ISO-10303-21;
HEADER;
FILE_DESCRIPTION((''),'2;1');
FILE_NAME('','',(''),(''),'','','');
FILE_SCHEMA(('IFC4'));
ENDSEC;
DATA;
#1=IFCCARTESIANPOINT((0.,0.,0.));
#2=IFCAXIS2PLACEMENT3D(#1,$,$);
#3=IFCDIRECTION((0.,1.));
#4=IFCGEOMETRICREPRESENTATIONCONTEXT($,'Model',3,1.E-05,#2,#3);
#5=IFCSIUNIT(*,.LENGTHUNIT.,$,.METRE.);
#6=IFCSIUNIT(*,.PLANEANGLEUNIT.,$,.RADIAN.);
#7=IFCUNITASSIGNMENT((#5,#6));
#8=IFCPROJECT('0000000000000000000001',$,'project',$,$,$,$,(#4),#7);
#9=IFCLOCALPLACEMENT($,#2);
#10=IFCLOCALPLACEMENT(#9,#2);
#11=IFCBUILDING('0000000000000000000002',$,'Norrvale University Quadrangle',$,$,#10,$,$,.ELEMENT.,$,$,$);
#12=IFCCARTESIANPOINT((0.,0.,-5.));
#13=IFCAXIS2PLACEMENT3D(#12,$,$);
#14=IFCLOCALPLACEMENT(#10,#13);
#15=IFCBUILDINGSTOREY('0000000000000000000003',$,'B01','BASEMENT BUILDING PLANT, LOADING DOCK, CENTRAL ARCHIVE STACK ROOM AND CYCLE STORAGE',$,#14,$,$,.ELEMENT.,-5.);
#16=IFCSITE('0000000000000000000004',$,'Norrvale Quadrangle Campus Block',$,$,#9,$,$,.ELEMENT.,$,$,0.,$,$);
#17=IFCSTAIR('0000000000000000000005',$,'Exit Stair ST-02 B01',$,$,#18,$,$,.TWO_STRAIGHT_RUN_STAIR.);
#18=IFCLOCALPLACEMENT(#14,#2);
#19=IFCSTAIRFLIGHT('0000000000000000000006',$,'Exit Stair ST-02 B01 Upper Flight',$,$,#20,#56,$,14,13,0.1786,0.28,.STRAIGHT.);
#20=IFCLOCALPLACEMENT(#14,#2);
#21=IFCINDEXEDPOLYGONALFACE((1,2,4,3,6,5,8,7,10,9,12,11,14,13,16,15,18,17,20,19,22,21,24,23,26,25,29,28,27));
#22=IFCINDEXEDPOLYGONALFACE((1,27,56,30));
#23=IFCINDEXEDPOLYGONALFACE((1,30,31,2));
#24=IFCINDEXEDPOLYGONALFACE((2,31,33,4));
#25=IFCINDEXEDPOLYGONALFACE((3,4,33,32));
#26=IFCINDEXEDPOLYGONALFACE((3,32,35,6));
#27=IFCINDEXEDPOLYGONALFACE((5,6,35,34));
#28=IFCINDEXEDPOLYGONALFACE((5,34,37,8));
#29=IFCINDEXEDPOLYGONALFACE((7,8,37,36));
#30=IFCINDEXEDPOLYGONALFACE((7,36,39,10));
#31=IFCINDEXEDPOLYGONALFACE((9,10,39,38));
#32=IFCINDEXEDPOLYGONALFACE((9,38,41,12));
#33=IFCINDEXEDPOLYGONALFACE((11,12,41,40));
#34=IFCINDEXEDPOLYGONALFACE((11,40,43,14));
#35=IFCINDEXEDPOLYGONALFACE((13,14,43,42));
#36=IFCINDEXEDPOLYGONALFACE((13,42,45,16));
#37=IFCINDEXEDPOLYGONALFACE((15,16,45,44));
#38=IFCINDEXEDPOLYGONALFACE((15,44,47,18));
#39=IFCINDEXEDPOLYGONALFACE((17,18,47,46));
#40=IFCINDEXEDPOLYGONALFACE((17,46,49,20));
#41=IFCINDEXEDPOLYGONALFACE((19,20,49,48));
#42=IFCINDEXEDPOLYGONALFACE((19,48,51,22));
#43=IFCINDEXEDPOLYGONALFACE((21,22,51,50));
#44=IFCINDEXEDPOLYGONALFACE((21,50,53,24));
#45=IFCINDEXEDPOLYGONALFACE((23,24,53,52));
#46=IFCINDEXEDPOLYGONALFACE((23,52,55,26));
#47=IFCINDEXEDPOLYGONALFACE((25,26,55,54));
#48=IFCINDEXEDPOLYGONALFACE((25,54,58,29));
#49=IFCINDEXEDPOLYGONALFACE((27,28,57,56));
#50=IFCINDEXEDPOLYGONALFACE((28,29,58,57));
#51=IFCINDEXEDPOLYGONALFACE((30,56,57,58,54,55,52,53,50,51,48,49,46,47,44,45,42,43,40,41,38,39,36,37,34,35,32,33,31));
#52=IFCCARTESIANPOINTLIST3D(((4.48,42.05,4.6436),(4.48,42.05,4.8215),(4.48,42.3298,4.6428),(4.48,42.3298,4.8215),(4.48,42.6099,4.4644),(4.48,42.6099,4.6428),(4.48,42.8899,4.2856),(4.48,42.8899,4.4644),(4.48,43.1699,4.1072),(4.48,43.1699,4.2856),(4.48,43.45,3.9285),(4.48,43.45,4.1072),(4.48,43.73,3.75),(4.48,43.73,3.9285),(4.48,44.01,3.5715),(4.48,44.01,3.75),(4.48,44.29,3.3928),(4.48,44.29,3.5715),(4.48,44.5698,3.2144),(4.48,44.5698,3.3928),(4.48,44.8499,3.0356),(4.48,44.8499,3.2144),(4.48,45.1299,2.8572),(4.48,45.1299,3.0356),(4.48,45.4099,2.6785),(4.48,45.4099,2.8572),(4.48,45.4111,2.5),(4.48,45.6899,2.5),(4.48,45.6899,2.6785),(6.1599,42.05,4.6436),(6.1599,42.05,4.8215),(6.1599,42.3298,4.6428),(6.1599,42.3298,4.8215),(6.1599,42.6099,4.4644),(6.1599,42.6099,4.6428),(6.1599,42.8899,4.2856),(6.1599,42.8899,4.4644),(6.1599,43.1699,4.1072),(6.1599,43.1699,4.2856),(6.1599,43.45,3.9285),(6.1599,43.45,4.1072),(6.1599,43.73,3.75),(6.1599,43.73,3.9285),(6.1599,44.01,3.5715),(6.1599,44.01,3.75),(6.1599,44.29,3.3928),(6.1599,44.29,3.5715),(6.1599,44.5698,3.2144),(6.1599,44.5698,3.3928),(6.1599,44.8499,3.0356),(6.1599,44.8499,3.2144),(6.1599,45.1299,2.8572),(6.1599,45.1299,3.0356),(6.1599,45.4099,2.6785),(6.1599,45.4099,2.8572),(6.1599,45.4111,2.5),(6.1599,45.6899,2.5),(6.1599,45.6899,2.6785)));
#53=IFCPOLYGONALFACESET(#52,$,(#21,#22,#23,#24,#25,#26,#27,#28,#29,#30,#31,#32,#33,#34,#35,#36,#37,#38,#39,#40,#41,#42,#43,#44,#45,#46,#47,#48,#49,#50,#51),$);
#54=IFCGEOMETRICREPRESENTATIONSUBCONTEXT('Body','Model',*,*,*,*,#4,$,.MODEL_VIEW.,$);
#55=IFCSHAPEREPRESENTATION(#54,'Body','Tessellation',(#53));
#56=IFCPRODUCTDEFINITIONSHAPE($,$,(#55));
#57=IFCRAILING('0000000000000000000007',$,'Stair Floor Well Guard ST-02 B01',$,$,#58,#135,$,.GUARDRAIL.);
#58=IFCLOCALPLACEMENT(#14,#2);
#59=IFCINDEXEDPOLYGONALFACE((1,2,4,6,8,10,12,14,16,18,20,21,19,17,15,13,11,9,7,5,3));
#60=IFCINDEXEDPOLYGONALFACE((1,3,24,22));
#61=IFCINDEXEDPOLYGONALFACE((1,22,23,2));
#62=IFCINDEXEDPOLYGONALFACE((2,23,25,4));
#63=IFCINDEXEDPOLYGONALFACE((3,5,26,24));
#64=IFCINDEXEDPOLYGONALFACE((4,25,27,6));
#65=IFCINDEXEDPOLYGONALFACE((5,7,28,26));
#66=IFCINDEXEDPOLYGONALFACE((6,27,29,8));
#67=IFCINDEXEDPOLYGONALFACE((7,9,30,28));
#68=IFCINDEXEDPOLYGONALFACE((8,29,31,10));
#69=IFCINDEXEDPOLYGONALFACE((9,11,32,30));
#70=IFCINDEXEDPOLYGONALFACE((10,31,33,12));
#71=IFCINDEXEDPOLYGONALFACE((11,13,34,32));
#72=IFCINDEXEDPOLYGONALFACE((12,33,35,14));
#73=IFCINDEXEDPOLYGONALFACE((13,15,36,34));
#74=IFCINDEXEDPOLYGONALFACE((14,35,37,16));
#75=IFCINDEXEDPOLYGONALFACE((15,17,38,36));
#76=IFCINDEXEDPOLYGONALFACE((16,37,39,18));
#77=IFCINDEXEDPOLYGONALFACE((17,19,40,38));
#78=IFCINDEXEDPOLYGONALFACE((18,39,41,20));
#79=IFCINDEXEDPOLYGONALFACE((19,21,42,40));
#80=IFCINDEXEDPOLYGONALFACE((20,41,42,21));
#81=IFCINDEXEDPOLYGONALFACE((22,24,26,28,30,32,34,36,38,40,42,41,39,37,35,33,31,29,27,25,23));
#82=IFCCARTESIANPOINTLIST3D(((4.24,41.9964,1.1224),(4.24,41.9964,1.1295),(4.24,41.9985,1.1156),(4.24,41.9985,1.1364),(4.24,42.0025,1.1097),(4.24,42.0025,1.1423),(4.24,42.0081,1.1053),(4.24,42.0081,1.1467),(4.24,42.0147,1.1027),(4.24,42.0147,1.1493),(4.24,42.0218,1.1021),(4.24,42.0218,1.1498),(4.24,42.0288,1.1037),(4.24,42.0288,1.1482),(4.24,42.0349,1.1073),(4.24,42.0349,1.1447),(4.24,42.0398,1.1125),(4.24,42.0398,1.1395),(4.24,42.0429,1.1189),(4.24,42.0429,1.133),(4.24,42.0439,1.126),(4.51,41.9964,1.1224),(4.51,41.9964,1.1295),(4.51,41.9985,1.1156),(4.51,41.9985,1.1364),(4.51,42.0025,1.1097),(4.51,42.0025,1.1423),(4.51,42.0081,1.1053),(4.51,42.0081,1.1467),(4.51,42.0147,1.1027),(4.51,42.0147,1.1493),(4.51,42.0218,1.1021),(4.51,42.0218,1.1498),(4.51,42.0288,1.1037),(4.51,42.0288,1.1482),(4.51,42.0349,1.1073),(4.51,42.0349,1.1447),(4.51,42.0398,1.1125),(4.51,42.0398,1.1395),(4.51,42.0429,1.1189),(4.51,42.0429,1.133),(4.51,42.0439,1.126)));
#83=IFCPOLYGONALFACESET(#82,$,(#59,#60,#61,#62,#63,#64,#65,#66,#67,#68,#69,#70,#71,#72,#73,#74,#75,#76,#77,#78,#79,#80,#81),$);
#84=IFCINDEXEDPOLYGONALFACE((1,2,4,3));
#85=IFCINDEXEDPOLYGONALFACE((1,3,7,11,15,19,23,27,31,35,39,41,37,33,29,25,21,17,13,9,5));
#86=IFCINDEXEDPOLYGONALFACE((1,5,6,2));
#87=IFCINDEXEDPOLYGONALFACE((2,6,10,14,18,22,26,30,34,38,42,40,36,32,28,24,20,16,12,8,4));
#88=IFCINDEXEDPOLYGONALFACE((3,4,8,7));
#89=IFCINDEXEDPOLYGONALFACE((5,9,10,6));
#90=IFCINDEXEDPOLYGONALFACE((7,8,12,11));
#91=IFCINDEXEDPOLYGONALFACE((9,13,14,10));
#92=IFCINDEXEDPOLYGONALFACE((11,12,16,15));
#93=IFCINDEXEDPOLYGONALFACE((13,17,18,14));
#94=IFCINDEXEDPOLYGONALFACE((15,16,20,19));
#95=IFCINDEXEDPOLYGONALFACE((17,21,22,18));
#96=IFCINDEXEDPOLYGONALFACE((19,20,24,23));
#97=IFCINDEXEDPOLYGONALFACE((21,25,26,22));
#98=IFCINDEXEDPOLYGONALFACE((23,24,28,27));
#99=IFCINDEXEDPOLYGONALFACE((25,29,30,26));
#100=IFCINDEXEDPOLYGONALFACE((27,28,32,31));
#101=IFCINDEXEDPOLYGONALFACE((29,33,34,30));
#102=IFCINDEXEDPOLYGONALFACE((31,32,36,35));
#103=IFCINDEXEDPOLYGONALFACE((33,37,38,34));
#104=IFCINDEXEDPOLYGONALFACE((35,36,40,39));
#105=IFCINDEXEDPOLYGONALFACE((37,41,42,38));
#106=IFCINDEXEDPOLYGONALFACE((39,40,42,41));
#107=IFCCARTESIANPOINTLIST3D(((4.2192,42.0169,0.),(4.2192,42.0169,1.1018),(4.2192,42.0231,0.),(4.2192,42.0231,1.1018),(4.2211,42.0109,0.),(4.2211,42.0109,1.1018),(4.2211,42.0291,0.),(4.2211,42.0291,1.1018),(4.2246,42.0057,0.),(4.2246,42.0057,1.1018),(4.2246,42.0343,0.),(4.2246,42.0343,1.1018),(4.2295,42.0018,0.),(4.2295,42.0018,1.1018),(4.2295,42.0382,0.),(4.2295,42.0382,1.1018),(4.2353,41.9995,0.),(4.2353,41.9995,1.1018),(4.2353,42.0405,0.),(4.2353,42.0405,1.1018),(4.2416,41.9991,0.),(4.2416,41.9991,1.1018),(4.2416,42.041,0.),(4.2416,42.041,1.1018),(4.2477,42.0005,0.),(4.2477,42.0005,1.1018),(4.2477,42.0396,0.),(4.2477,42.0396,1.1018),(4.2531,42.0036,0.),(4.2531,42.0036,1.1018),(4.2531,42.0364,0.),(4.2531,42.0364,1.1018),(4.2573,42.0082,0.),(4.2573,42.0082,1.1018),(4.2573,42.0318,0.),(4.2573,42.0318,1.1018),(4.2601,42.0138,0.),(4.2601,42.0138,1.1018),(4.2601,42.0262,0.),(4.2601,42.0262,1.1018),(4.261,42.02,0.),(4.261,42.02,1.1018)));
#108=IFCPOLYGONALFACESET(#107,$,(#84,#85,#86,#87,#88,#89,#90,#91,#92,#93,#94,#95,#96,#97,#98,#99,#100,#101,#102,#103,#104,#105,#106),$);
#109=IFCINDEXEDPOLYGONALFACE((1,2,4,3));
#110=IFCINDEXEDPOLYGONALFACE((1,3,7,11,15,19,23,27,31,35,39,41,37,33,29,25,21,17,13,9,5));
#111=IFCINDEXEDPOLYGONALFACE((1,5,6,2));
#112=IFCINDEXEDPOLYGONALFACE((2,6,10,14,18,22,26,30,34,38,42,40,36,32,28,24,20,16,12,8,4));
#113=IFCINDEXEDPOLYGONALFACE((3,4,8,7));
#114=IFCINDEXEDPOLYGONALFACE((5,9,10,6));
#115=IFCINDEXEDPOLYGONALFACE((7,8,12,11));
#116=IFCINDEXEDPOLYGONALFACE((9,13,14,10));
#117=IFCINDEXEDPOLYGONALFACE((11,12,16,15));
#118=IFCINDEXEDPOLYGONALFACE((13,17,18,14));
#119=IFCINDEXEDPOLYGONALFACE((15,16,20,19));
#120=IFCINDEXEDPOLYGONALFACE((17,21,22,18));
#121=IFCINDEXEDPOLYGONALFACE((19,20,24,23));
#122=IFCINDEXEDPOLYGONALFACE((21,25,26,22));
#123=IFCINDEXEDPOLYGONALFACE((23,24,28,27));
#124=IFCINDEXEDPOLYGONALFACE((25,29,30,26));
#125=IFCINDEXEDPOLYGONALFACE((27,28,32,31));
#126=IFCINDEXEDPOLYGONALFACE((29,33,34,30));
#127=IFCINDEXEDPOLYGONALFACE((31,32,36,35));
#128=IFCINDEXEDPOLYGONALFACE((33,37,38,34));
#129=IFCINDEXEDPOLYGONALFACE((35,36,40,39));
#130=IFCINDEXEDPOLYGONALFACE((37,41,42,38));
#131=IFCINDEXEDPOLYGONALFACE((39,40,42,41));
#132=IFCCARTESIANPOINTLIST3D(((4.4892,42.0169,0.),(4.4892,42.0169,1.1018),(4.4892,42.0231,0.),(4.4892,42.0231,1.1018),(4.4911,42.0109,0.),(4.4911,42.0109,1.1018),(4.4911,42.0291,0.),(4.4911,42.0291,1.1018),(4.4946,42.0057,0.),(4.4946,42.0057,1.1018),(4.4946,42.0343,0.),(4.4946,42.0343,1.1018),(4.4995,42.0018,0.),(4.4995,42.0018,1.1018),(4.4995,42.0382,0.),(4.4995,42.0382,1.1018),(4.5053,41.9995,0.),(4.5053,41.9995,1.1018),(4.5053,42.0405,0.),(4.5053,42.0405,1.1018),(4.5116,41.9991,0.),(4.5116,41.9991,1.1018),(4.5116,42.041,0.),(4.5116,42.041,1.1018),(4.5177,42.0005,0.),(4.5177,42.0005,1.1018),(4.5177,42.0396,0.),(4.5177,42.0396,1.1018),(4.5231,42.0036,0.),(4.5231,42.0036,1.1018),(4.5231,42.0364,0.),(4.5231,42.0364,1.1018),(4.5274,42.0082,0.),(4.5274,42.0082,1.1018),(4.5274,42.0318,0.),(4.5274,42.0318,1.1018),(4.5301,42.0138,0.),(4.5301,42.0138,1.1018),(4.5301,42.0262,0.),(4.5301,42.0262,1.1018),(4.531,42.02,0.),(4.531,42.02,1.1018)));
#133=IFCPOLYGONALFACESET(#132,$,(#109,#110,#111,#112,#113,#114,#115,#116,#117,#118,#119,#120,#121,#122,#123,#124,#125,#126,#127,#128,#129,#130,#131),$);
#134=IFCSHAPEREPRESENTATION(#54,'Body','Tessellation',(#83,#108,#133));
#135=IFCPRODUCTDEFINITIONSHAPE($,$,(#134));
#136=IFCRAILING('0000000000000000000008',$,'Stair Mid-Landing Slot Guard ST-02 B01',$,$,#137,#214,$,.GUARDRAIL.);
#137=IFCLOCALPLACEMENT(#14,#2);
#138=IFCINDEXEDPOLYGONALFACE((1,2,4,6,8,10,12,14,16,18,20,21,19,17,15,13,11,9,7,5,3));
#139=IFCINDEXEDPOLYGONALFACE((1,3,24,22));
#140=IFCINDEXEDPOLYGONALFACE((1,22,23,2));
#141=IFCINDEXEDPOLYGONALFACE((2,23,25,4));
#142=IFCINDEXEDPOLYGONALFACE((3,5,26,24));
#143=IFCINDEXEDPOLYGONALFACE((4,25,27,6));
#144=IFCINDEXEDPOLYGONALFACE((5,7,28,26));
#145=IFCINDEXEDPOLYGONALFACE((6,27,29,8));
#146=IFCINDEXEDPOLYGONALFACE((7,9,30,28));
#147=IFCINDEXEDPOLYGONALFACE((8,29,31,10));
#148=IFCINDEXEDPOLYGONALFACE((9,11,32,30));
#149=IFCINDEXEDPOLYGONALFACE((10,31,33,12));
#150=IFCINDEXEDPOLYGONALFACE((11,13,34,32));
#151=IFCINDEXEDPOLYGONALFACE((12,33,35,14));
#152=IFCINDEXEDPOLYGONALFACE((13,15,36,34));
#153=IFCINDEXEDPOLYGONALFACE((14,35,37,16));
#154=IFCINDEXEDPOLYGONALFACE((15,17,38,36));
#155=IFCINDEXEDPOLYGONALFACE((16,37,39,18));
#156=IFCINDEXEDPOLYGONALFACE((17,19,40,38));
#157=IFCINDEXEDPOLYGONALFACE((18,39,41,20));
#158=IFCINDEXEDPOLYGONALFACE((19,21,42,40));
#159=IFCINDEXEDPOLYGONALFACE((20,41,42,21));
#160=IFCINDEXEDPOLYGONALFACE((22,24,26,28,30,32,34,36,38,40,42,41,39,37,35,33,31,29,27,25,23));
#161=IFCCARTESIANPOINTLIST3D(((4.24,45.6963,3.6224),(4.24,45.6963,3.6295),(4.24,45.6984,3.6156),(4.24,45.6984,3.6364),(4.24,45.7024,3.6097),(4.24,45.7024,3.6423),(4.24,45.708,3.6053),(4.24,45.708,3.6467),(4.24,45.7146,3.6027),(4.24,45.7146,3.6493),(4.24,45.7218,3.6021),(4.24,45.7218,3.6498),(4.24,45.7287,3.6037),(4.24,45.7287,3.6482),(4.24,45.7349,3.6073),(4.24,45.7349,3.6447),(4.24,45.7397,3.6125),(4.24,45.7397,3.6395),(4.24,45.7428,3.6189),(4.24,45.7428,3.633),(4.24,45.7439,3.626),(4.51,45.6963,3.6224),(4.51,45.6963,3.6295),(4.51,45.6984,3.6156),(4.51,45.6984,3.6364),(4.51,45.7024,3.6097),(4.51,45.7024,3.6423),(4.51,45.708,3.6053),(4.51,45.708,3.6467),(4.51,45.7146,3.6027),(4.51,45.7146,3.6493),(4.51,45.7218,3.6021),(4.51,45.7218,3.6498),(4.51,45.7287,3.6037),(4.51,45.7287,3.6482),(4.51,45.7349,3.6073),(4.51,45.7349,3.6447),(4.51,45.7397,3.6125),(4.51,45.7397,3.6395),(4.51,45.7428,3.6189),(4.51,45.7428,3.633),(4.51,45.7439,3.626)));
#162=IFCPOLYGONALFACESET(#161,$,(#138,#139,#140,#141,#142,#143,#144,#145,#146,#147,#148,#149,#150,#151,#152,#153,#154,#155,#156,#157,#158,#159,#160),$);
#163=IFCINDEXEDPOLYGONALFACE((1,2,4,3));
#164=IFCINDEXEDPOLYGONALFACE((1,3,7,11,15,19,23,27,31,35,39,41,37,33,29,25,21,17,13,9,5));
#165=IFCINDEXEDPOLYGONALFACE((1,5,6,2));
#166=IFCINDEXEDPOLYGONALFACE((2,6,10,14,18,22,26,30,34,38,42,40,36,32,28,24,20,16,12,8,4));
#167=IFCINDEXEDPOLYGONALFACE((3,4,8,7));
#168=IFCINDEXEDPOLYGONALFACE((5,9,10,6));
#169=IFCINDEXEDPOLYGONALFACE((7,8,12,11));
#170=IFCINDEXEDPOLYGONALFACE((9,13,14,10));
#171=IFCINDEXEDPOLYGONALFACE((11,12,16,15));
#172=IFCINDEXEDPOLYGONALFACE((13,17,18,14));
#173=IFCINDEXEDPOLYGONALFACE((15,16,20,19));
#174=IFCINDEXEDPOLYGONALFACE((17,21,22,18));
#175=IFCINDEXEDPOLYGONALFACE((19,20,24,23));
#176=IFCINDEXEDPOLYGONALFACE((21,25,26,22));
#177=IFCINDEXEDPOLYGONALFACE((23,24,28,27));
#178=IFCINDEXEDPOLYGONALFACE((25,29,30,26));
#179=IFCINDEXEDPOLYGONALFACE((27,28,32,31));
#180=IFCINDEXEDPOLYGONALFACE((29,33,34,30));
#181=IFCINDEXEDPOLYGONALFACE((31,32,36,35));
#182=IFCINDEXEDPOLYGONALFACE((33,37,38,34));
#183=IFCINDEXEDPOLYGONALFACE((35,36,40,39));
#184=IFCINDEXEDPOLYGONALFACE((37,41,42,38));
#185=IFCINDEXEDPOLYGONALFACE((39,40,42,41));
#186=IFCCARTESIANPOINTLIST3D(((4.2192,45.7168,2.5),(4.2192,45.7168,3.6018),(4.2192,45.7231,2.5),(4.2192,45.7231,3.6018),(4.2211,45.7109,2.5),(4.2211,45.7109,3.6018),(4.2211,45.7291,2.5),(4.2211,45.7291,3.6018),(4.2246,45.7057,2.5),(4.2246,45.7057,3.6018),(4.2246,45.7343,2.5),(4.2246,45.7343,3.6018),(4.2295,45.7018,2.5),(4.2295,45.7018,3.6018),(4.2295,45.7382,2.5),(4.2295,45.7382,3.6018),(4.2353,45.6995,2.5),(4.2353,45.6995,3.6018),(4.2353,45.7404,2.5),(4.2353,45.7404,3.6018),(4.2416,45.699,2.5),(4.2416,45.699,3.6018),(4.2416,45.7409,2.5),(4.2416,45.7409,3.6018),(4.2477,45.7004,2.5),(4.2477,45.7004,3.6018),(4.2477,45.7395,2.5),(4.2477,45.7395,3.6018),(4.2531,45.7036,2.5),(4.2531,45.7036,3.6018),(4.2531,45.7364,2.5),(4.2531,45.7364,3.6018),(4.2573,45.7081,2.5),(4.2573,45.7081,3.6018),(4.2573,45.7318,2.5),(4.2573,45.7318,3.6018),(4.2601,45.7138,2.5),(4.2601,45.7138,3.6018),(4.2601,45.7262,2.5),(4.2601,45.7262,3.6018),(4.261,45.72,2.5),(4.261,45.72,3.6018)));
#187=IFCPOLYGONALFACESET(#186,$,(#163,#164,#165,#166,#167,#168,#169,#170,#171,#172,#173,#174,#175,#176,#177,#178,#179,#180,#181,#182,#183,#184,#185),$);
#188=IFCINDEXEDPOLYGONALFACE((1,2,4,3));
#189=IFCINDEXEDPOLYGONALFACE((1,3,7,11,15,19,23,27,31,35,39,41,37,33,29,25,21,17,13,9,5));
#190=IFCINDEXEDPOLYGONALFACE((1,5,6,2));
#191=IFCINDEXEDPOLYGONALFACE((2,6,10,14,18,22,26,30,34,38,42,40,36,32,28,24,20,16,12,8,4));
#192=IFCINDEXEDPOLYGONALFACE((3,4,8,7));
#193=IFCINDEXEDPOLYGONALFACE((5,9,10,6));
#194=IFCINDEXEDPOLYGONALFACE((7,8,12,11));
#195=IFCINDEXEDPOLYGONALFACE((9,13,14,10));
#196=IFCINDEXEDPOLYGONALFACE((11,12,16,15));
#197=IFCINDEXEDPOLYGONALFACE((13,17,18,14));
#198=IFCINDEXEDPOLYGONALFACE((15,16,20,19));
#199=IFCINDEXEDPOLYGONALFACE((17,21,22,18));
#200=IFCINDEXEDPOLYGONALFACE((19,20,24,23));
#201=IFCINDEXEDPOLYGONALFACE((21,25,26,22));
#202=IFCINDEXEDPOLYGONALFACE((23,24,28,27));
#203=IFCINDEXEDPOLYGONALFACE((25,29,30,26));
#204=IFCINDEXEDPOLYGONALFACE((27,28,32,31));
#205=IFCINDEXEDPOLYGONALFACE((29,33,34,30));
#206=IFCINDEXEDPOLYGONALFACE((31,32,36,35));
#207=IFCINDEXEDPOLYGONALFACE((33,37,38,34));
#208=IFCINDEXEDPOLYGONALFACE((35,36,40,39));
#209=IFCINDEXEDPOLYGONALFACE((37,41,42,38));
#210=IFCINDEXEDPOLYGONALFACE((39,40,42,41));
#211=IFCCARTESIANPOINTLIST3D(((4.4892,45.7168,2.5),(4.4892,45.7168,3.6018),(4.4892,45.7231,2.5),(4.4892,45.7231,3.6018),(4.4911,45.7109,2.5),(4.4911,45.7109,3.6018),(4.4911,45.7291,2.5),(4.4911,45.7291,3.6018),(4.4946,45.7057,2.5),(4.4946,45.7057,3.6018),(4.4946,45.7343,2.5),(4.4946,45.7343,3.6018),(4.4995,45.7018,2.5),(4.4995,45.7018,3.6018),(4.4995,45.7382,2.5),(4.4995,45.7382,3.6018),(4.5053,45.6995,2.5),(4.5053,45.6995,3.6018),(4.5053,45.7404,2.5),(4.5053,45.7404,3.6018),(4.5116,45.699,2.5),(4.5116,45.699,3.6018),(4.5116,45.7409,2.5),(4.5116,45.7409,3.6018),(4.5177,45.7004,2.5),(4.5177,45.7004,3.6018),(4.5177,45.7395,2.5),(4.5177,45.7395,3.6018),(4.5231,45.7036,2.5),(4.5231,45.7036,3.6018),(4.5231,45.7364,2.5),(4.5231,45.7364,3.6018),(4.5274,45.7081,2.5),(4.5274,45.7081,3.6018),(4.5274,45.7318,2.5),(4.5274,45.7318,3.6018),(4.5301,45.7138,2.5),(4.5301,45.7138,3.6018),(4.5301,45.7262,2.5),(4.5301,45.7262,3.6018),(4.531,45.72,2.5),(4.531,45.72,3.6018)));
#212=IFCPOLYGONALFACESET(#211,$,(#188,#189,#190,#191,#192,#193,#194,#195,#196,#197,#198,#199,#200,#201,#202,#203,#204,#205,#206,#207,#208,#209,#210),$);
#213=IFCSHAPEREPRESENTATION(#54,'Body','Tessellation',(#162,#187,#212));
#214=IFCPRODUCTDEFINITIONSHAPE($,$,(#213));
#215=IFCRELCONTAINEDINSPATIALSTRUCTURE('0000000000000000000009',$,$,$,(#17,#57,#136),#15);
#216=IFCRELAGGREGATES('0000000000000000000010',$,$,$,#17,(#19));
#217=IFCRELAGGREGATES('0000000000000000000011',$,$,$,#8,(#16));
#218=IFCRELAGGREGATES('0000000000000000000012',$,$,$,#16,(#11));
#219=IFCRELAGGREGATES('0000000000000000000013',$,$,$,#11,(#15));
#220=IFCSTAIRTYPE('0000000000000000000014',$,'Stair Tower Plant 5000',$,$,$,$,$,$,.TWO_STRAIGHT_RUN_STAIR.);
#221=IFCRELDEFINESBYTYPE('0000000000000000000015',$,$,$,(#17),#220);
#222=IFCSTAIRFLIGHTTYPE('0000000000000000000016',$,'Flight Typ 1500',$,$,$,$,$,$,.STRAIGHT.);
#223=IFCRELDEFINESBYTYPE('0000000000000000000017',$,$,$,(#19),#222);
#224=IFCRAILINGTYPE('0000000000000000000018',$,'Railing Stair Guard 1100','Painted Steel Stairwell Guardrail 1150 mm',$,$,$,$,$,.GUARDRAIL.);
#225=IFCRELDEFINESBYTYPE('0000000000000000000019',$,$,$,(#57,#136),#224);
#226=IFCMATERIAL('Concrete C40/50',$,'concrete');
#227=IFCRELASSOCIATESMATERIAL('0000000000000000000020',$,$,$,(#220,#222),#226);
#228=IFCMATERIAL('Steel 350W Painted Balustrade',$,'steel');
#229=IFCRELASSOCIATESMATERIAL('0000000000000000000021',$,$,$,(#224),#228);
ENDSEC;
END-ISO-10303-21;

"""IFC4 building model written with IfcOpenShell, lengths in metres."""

from ifc_helpers import new_model, si_unit, direction, frame, origin, origin_2d, place, context, subcontext, project, spatial, polyline, circle, outline, extrude, material, type_object, element, aggregate, save


model = new_model("IFC4")

# Units and contexts
model_context = context("Model", 3, precision=1e-05, world=origin(), true_north=direction((0.0, 1.0)))
body_context = subcontext(model_context, "Body", "Model", "MODEL_VIEW")
ifc_project = project(units=[si_unit("LENGTHUNIT", "METRE"), si_unit("PLANEANGLEUNIT", "RADIAN")], contexts=[model_context])

# Site, building, storey
site_placement = place(None, origin())
site = spatial("IfcSite", under=ifc_project, at=site_placement, Name="Norrvale Quadrangle Campus Block", CompositionType="ELEMENT", RefElevation=0.0)
building_placement = place(site_placement, origin())
building = spatial("IfcBuilding", under=site, at=building_placement, Name="Norrvale University Quadrangle", CompositionType="ELEMENT")
storey_placement = place(building_placement, frame((0.0, 0.0, -5.0)))
storey = spatial("IfcBuildingStorey", under=building, at=storey_placement, Name="B01", Description="BASEMENT BUILDING PLANT, LOADING DOCK, CENTRAL ARCHIVE STACK ROOM AND CYCLE STORAGE", CompositionType="ELEMENT", Elevation=-5.0)

# Stair, stair flight
ifc_material_1 = material(Name="Concrete C40/50", Category="concrete")
stair_type = type_object("IfcStairType", Name="Stair Tower Plant 5000", PredefinedType="TWO_STRAIGHT_RUN_STAIR", material=ifc_material_1)
stair_placement = place(storey_placement, origin())
stair = element("IfcStair", 1, at=stair_placement, inside=storey, type_object=stair_type, Name="Exit Stair ST-02 B01", PredefinedType="TWO_STRAIGHT_RUN_STAIR")
stair_flight_type = type_object("IfcStairFlightType", Name="Flight Typ 1500", PredefinedType="STRAIGHT", material=ifc_material_1)
stair_flight_1_placement = place(storey_placement, frame((5.3201, 45.6899, 2.5), z_axis=(0.0, 0.0, 1.0), x_axis=(0.0, -1.0, 0.0)))
stair_flight_1 = element("IfcStairFlight", 2, at=stair_flight_1_placement, type_object=stair_flight_type, Name="Exit Stair ST-02 B01 Upper Flight", NumberOfRisers=14, NumberOfTreads=13, PredefinedType="STRAIGHT", RiserHeight=0.1786, TreadLength=0.28, context=body_context, shape_type="SweptSolid", body=[
    extrude(outline(polyline([(0.0, 0.0), (0.0, 0.1785), (0.28, 0.1785), (0.28, 0.3572), (0.5601, 0.3572), (0.5601, 0.5356), (0.8401, 0.5356), (0.8401, 0.7144), (1.1201, 0.7144), (1.1201, 0.8928), (1.3999, 0.8928), (1.3999, 1.0715), (1.6799, 1.0715), (1.6799, 1.25), (1.96, 1.25), (1.96, 1.4285), (2.24, 1.4285), (2.24, 1.6072), (2.52, 1.6072), (2.52, 1.7856), (2.8, 1.7856), (2.8, 1.9644), (3.0801, 1.9644), (3.0801, 2.1428), (3.3601, 2.1428), (3.3601, 2.3215), (3.6399, 2.3215), (3.6399, 2.5), (3.6399, 2.1436), (0.2788, 0.0), (0.0, 0.0)])), frame((0.0, 0.8398, 0.0), z_axis=(0.0, -1.0, 0.0), x_axis=(1.0, 0.0, 0.0)), (0.0, 0.0, 1.0), 1.6799),
])
aggregate(stair, [stair_flight_1])

# Railings
ifc_material_2 = material(Name="Steel 350W Painted Balustrade", Category="steel")
railing_type_1 = type_object("IfcRailingType", Name="Railing Stair Guard 1100", Description="Painted Steel Stairwell Guardrail 1150 mm", PredefinedType="GUARDRAIL", material=ifc_material_2)
for number, where, name in (
    (3, (4.24, 42.02, 0.0), "Stair Floor Well Guard ST-02 B01"),
    (4, (4.24, 45.72, 2.5), "Stair Mid-Landing Slot Guard ST-02 B01"),
):
    element("IfcRailing", number, at=place(storey_placement, frame(where)), inside=storey, type_object=railing_type_1, Name=name, PredefinedType="GUARDRAIL", context=body_context, shape_type="SweptSolid", body=[
        extrude(circle(Radius=0.0239, at=origin_2d()), frame((0.0, 0.0, 1.126), z_axis=(1.0, 0.0, 0.0), x_axis=(0.0, 1.0, 0.0)), (0.0, 0.0, 1.0), 0.27),
        extrude(circle(Radius=0.021, at=origin_2d()), origin(), (0.0, 0.0, 1.0), 1.1018),
        extrude(circle(Radius=0.021, at=origin_2d()), frame((0.27, 0.0, 0.0)), (0.0, 0.0, 1.0), 1.1018),
    ])

save(model, "model.ifc")
